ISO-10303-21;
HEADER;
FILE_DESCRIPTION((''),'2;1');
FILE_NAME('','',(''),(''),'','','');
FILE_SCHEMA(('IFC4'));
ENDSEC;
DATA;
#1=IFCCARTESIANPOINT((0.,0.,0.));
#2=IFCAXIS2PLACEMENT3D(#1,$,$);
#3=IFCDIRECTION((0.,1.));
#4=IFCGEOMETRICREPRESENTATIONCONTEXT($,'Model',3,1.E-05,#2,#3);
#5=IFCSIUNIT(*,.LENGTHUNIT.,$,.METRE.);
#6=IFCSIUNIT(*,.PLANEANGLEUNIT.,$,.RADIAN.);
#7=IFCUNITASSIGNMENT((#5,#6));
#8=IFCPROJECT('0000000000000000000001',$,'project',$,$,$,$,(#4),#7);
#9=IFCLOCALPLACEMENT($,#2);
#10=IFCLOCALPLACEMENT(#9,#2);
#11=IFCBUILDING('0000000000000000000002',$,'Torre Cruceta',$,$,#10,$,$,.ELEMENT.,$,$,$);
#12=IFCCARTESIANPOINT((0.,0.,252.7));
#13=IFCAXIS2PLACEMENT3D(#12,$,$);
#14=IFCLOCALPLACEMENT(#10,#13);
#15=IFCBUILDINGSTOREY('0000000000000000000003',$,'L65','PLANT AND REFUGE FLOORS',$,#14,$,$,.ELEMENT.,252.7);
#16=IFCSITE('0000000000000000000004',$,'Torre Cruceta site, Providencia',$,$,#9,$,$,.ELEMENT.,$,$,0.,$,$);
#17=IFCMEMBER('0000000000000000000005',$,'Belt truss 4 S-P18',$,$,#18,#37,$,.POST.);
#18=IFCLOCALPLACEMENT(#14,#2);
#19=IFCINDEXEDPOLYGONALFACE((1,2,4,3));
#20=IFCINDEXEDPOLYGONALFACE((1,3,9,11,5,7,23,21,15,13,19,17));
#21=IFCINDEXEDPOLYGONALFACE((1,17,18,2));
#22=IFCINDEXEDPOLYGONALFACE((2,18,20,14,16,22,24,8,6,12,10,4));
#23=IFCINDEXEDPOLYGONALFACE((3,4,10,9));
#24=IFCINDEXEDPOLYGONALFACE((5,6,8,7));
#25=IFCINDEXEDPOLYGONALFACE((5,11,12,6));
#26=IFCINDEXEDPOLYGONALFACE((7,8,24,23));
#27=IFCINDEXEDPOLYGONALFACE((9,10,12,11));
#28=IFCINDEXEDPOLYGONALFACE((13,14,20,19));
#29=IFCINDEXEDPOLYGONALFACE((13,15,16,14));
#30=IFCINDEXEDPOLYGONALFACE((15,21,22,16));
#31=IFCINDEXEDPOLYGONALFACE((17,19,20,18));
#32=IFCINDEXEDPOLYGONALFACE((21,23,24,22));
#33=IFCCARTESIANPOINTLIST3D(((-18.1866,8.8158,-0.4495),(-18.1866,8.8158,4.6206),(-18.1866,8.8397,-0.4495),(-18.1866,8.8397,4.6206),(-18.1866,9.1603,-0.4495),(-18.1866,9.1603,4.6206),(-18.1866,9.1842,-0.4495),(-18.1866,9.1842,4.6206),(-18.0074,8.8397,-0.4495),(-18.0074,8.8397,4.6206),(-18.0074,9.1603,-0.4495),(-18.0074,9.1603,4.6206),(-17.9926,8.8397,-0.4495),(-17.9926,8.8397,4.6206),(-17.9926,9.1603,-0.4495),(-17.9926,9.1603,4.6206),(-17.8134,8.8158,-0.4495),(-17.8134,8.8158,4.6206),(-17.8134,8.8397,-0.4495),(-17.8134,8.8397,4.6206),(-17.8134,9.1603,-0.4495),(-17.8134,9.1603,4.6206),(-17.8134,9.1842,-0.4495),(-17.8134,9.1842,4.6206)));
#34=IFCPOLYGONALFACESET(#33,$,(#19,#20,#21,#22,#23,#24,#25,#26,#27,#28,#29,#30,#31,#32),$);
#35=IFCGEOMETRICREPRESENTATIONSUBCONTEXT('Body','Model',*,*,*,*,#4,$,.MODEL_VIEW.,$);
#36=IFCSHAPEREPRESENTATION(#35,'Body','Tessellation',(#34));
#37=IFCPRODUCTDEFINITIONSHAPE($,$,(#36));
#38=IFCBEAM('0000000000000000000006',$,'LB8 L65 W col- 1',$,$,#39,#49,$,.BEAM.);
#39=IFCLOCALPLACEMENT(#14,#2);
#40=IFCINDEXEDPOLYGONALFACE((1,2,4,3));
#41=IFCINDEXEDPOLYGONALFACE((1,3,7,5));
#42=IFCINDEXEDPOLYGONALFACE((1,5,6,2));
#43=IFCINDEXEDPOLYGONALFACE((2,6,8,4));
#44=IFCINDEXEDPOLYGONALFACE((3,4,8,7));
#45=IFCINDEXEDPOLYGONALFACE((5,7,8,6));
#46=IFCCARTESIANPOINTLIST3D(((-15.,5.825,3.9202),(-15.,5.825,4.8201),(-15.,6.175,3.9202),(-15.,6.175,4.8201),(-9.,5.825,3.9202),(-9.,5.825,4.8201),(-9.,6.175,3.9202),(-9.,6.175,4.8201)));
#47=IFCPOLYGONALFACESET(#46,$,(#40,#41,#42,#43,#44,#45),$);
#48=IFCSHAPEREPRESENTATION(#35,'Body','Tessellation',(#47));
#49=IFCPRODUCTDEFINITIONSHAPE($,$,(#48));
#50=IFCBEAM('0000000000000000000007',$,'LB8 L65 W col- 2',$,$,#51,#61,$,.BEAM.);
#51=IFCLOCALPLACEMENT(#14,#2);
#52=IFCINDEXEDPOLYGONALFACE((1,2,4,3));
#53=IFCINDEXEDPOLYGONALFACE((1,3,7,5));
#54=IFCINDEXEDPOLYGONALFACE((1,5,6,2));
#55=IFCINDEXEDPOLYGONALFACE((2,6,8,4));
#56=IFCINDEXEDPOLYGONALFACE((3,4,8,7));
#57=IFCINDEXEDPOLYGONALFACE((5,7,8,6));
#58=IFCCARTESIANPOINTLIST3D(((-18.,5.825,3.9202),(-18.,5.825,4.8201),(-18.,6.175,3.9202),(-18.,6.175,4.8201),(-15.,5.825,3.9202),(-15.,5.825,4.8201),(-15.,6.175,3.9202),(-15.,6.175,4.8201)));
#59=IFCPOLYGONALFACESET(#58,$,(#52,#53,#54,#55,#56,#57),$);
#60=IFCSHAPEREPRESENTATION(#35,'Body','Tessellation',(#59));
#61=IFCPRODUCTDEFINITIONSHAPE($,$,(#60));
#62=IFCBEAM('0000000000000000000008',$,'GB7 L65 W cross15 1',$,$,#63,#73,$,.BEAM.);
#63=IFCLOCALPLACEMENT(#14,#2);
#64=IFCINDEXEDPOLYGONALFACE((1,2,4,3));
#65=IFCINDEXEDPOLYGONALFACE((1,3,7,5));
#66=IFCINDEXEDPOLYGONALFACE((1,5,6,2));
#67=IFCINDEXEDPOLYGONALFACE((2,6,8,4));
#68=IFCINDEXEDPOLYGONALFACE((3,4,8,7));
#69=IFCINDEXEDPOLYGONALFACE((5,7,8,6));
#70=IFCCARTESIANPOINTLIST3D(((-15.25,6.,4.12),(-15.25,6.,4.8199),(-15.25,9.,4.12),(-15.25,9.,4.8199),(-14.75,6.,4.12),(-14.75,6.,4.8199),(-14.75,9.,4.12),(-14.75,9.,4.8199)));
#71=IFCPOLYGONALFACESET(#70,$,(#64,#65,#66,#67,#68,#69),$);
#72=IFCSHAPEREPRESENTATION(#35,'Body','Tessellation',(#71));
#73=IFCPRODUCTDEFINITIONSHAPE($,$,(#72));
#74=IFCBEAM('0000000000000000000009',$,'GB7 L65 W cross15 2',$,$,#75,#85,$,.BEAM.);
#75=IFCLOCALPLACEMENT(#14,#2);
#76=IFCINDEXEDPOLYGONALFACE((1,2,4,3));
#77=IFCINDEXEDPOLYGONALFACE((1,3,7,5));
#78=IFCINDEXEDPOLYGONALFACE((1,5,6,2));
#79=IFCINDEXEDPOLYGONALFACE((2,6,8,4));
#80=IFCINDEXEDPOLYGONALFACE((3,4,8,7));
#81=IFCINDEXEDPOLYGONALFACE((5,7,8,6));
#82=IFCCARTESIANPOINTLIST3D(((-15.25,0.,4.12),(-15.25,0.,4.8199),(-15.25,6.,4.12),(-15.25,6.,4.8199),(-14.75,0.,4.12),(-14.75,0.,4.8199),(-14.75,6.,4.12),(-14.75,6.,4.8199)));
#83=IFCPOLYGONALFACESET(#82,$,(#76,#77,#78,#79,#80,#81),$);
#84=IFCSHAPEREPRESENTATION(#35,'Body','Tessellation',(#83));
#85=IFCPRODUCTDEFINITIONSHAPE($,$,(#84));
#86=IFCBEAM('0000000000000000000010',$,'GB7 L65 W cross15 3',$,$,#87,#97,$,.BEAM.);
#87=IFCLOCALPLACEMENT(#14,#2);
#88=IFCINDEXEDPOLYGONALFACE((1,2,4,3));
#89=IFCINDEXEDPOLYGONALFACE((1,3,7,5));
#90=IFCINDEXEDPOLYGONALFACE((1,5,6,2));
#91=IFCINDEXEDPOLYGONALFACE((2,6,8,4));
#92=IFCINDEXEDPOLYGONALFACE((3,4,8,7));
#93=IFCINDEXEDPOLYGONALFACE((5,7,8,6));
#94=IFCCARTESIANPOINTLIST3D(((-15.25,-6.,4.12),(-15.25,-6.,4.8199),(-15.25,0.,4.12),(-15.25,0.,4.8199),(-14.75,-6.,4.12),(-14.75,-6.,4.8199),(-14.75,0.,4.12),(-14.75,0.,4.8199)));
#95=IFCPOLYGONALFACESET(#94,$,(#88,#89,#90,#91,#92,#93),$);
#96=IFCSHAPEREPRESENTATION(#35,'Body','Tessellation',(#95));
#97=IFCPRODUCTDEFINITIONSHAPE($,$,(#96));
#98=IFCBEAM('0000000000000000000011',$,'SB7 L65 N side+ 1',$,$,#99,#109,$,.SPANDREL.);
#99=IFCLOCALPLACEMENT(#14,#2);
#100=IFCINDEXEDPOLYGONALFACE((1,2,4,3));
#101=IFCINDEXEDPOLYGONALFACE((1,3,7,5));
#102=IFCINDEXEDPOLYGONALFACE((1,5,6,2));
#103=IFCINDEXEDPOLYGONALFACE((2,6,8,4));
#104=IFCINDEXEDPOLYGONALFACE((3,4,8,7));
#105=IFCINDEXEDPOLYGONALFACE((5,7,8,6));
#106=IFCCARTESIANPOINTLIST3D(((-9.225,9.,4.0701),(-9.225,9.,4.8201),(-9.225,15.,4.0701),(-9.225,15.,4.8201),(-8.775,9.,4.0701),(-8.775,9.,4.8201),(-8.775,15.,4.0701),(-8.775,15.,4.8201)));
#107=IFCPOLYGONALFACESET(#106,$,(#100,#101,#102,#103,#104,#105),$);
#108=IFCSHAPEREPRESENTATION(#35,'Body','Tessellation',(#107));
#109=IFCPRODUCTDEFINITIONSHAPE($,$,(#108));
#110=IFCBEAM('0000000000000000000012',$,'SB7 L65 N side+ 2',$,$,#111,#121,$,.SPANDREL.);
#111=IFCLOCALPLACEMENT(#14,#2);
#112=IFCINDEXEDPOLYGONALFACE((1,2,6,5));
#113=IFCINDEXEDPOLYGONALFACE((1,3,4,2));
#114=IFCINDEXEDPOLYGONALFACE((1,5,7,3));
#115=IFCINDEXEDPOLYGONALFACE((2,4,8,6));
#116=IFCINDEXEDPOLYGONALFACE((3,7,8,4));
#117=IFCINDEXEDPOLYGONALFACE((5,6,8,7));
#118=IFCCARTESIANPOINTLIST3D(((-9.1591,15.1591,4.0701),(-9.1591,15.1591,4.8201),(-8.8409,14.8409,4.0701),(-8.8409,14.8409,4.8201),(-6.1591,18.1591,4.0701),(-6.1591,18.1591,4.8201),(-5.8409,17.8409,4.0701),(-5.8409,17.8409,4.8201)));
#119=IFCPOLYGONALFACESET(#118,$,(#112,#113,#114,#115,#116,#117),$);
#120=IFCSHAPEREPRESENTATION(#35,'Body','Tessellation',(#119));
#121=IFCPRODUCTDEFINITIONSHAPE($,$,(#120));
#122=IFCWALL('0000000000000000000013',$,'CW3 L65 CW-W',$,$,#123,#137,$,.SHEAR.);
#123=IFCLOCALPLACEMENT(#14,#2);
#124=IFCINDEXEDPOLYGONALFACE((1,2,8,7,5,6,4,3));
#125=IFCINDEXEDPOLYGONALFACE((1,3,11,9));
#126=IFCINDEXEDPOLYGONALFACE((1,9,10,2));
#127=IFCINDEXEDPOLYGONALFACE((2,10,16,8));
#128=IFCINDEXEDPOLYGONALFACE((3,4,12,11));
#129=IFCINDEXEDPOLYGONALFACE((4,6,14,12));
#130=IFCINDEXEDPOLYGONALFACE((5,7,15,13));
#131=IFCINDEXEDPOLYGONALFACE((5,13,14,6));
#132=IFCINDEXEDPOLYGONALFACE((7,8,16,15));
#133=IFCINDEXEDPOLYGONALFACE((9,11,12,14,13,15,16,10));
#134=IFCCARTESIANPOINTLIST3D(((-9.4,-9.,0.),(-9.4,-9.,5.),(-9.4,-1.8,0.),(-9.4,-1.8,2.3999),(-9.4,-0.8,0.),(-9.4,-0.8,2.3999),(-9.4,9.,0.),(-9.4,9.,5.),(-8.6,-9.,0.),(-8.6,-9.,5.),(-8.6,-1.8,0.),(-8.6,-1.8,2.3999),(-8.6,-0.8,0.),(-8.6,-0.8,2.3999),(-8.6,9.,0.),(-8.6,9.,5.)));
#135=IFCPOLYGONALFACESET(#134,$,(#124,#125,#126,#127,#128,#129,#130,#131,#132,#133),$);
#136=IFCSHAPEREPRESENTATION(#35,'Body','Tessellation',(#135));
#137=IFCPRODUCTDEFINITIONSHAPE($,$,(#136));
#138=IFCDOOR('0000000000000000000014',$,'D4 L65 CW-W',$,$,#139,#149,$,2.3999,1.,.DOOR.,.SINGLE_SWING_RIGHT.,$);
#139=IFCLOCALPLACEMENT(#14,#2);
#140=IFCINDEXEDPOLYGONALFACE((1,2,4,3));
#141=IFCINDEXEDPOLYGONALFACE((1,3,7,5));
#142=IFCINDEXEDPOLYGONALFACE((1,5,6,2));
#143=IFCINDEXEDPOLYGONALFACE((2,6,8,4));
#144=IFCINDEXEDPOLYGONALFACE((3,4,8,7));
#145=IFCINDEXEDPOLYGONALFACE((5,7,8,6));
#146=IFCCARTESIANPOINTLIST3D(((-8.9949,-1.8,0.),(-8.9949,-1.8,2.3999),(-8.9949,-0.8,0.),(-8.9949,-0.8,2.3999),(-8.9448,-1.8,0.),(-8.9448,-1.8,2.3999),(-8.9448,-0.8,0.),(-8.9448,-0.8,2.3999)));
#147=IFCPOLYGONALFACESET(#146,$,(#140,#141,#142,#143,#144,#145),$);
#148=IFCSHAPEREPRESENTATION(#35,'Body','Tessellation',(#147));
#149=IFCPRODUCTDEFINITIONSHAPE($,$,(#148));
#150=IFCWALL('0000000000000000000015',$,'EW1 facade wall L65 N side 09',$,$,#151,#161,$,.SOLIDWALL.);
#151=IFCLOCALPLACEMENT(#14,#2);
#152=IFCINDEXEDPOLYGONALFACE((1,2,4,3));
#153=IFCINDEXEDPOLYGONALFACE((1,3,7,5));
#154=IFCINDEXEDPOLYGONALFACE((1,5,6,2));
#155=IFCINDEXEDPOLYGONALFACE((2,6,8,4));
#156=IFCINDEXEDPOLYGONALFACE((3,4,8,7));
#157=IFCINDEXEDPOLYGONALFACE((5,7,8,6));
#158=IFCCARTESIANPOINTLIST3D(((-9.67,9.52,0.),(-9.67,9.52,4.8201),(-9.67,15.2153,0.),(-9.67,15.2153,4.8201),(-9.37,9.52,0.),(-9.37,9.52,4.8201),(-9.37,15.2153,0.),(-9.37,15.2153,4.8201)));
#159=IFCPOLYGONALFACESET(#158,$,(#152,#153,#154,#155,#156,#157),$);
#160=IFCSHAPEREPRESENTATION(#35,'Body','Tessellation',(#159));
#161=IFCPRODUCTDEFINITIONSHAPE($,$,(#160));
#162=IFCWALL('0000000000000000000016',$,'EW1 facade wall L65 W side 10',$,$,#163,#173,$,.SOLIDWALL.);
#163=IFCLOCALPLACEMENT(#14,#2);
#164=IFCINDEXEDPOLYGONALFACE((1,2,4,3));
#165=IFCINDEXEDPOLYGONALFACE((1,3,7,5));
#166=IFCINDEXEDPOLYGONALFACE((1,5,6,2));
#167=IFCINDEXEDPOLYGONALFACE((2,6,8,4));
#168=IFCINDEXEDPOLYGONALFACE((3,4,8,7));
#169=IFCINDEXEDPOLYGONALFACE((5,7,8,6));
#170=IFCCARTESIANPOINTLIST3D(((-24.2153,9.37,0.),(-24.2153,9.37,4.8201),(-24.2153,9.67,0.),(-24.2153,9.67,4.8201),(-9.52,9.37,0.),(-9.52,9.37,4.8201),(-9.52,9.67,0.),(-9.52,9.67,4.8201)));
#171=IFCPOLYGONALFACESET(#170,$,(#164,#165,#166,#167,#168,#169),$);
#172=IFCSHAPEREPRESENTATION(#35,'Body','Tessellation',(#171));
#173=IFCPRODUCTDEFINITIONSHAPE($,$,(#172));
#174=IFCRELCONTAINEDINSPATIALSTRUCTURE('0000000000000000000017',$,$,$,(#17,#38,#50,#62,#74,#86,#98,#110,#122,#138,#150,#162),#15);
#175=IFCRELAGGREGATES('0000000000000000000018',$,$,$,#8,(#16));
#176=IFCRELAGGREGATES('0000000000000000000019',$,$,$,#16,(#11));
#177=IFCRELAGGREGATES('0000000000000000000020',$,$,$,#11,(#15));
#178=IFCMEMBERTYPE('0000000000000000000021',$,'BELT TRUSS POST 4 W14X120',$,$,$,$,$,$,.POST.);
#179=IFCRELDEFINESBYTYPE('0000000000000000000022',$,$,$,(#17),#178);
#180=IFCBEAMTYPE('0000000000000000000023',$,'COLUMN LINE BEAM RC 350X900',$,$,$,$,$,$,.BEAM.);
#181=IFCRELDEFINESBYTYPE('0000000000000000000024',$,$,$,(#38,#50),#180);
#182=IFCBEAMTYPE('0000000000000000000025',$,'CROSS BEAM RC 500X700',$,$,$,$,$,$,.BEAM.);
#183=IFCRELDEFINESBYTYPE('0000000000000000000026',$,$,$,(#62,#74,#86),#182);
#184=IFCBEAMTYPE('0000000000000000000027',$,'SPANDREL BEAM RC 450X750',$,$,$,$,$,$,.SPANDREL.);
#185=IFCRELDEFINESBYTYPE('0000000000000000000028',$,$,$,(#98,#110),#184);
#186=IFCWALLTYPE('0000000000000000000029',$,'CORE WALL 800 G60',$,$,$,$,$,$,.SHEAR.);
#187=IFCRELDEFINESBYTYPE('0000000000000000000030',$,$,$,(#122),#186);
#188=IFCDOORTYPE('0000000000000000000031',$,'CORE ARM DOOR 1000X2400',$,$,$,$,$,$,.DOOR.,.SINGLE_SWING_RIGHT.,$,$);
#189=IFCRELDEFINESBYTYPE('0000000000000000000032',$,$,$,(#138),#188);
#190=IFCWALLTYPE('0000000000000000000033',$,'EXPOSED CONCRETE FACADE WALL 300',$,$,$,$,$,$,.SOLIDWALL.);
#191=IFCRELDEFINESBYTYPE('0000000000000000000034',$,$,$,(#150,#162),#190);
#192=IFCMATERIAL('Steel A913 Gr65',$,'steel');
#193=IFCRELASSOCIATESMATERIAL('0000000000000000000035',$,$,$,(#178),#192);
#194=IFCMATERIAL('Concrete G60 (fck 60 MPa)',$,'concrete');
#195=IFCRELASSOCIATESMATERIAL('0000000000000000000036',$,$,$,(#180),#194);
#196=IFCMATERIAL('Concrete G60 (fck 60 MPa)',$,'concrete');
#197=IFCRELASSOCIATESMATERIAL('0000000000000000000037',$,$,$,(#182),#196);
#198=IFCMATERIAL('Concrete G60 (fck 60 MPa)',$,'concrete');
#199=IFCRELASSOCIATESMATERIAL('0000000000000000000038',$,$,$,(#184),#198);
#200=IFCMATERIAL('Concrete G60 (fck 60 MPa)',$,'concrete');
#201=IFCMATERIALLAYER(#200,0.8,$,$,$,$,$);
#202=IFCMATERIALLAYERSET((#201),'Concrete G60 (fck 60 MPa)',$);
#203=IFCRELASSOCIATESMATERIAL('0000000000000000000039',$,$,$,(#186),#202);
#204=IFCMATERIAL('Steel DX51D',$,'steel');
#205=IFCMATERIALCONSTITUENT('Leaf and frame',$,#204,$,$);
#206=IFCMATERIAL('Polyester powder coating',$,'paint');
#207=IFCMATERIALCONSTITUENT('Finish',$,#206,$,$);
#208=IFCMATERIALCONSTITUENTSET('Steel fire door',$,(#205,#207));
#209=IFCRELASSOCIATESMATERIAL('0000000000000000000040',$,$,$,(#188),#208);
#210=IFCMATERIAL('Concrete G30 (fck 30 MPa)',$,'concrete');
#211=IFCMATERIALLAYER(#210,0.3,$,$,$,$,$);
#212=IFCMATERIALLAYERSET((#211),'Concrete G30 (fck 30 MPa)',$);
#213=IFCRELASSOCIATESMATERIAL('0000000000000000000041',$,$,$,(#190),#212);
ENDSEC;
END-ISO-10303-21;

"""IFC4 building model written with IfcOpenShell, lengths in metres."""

from ifc_helpers import new_model, si_unit, direction, frame, frame_2d, origin, origin_2d, place, context, subcontext, project, spatial, rectangle, i_section, extrude, material, layer, layer_set, constituent, constituent_set, material_profile, profile_set, type_object, element, fill, save


model = new_model("IFC4")

# Units and contexts
model_context = context("Model", 3, precision=1e-05, world=origin(), true_north=direction((0.0, 1.0)))
body_context = subcontext(model_context, "Body", "Model", "MODEL_VIEW")
ifc_project = project(units=[si_unit("LENGTHUNIT", "METRE"), si_unit("PLANEANGLEUNIT", "RADIAN")], contexts=[model_context])

# Site, building, storey
site_placement = place(None, origin())
site = spatial("IfcSite", under=ifc_project, at=site_placement, Name="Torre Cruceta site, Providencia", CompositionType="ELEMENT", RefElevation=0.0)
building_placement = place(site_placement, origin())
building = spatial("IfcBuilding", under=site, at=building_placement, Name="Torre Cruceta", CompositionType="ELEMENT")
storey_placement = place(building_placement, frame((0.0, 0.0, 252.7)))
storey = spatial("IfcBuildingStorey", under=building, at=storey_placement, Name="L65", Description="PLANT AND REFUGE FLOORS", CompositionType="ELEMENT", Elevation=252.7)

# Member
ifc_material_1 = material(Name="Steel A913 Gr65", Category="steel")
ifc_material_profile_1 = material_profile(ifc_material_1, i_section(OverallWidth=0.3733, OverallDepth=0.3684, WebThickness=0.0149, FlangeThickness=0.0239, at=origin_2d()), Name="W14X120")
ifc_profile_set_1 = profile_set([ifc_material_profile_1], Name="Steel A913 Gr65")
member_type_1 = type_object("IfcMemberType", Name="BELT TRUSS POST 4 W14X120", PredefinedType="POST", material=ifc_profile_set_1)
member_1_placement = place(storey_placement, frame((-18.0, 9.0, -0.4495), z_axis=(0.0, 0.0, 1.0), x_axis=(1.0, 0.0, 0.0)))
element("IfcMember", 1, at=member_1_placement, inside=storey, type_object=member_type_1, Name="Belt truss 4 S-P18", PredefinedType="POST", context=body_context, shape_type="SweptSolid", body=[
    extrude(i_section(OverallWidth=0.3733, OverallDepth=0.3684, WebThickness=0.0149, FlangeThickness=0.0239, at=origin_2d()), origin(), (0.0, 0.0, 1.0), 5.0701),
])

# Beams
ifc_material_2 = material(Name="Concrete G60 (fck 60 MPa)", Category="concrete")
ifc_material_profile_2 = material_profile(ifc_material_2, rectangle(XDim=0.3501, YDim=0.8999, at=origin_2d()), Name="RC 350X900")
ifc_profile_set_2 = profile_set([ifc_material_profile_2], Name="Concrete G60 (fck 60 MPa)")
beam_type_1 = type_object("IfcBeamType", Name="COLUMN LINE BEAM RC 350X900", PredefinedType="BEAM", material=ifc_profile_set_2)
beam_1_placement = place(storey_placement, frame((-9.0, 6.0, 4.3701), z_axis=(-1.0, 0.0, 0.0), x_axis=(0.0, -1.0, 0.0)))
element("IfcBeam", 2, at=beam_1_placement, inside=storey, type_object=beam_type_1, Name="LB8 L65 W col- 1", PredefinedType="BEAM", context=body_context, shape_type="SweptSolid", body=[
    extrude(rectangle(XDim=0.3501, YDim=0.8999, at=origin_2d()), origin(), (0.0, 0.0, 1.0), 6.0),
])
beam_2_placement = place(storey_placement, frame((-15.0, 6.0, 4.3701), z_axis=(-1.0, 0.0, 0.0), x_axis=(0.0, -1.0, 0.0)))
element("IfcBeam", 3, at=beam_2_placement, inside=storey, type_object=beam_type_1, Name="LB8 L65 W col- 2", PredefinedType="BEAM", context=body_context, shape_type="SweptSolid", body=[
    extrude(rectangle(XDim=0.3501, YDim=0.8999, at=origin_2d()), origin(), (0.0, 0.0, 1.0), 3.0),
])
ifc_material_3 = material(Name="Concrete G60 (fck 60 MPa)", Category="concrete")
ifc_material_profile_3 = material_profile(ifc_material_3, rectangle(XDim=0.5, YDim=0.7, at=origin_2d()), Name="RC 500X700")
ifc_profile_set_3 = profile_set([ifc_material_profile_3], Name="Concrete G60 (fck 60 MPa)")
beam_type_2 = type_object("IfcBeamType", Name="CROSS BEAM RC 500X700", PredefinedType="BEAM", material=ifc_profile_set_3)
beam_3_placement = place(storey_placement, frame((-15.0, 9.0, 4.47), z_axis=(0.0, -1.0, 0.0), x_axis=(1.0, 0.0, 0.0)))
element("IfcBeam", 4, at=beam_3_placement, inside=storey, type_object=beam_type_2, Name="GB7 L65 W cross15 1", PredefinedType="BEAM", context=body_context, shape_type="SweptSolid", body=[
    extrude(rectangle(XDim=0.5, YDim=0.7, at=origin_2d()), origin(), (0.0, 0.0, 1.0), 3.0),
])
for number, where, z_axis, x_axis, name in (
    (5, (-15.0, 6.0, 4.47), (0.0, -1.0, 0.0), (1.0, 0.0, 0.0), "GB7 L65 W cross15 2"),
    (6, (-15.0, 0.0, 4.47), (0.0, -1.0, 0.0), (1.0, 0.0, 0.0), "GB7 L65 W cross15 3"),
):
    element("IfcBeam", number, at=place(storey_placement, frame(where, z_axis=z_axis, x_axis=x_axis)), inside=storey, type_object=beam_type_2, Name=name, PredefinedType="BEAM", context=body_context, shape_type="SweptSolid", body=[
        extrude(rectangle(XDim=0.5, YDim=0.7, at=origin_2d()), origin(), (0.0, 0.0, 1.0), 6.0),
    ])
ifc_material_4 = material(Name="Concrete G60 (fck 60 MPa)", Category="concrete")
ifc_material_profile_4 = material_profile(ifc_material_4, rectangle(XDim=0.45, YDim=0.75, at=origin_2d()), Name="RC 450X750")
ifc_profile_set_4 = profile_set([ifc_material_profile_4], Name="Concrete G60 (fck 60 MPa)")
beam_type_3 = type_object("IfcBeamType", Name="SPANDREL BEAM RC 450X750", PredefinedType="SPANDREL", material=ifc_profile_set_4)
beam_4_placement = place(storey_placement, frame((-9.0, 9.0, 4.4451), z_axis=(0.0, 1.0, 0.0), x_axis=(-1.0, 0.0, 0.0)))
element("IfcBeam", 7, at=beam_4_placement, inside=storey, type_object=beam_type_3, Name="SB7 L65 N side+ 1", PredefinedType="SPANDREL", context=body_context, shape_type="SweptSolid", body=[
    extrude(rectangle(XDim=0.45, YDim=0.75, at=origin_2d()), origin(), (0.0, 0.0, 1.0), 6.0),
])
beam_5_placement = place(storey_placement, frame((-9.0, 15.0, 4.4451), z_axis=(0.707107, 0.707107, 0.0), x_axis=(-0.707107, 0.707107, 0.0)))
element("IfcBeam", 8, at=beam_5_placement, inside=storey, type_object=beam_type_3, Name="SB7 L65 N side+ 2", PredefinedType="SPANDREL", context=body_context, shape_type="SweptSolid", body=[
    extrude(rectangle(XDim=0.45, YDim=0.75, at=origin_2d()), origin(), (0.0, 0.0, 1.0), 4.2427),
])

# Wall, opening, door
ifc_material_5 = material(Name="Concrete G60 (fck 60 MPa)", Category="concrete")
ifc_layer_1 = layer(ifc_material_5, 0.8)
ifc_layer_set_1 = layer_set([ifc_layer_1], Name="Concrete G60 (fck 60 MPa)")
wall_type_1 = type_object("IfcWallType", Name="CORE WALL 800 G60", PredefinedType="SHEAR", material=ifc_layer_set_1)
wall_1_placement = place(storey_placement, frame((-9.0, 9.0, 0.0), z_axis=(0.0, 0.0, 1.0), x_axis=(0.0, -1.0, 0.0)))
wall_1 = element("IfcWall", 9, at=wall_1_placement, inside=storey, type_object=wall_type_1, Name="CW3 L65 CW-W", PredefinedType="SHEAR", context=body_context, shape_type="SweptSolid", body=[
    extrude(rectangle(XDim=18.0, YDim=0.8, at=frame_2d((9.0, 0.0))), origin(), (0.0, 0.0, 1.0), 5.0),
])
opening_1_placement = place(wall_1_placement, frame((9.8, 0.0, 0.0)))
opening_1 = element("IfcOpeningElement", 10, at=opening_1_placement, cuts=wall_1, PredefinedType="OPENING", context=body_context, shape_type="SweptSolid", body=[
    extrude(rectangle(XDim=1.0, YDim=2.3999, at=frame_2d((0.5, 1.2))), frame((0.0, 0.4099, 0.0), z_axis=(0.0, -1.0, 0.0), x_axis=(1.0, 0.0, 0.0)), (0.0, 0.0, 1.0), 0.8201),
])
ifc_material_6 = material(Name="Steel DX51D", Category="steel")
ifc_constituent_1 = constituent(ifc_material_6, Name="Leaf and frame")
ifc_material_7 = material(Name="Polyester powder coating", Category="paint")
ifc_constituent_2 = constituent(ifc_material_7, Name="Finish")
ifc_constituent_set_1 = constituent_set(constituents=[ifc_constituent_1, ifc_constituent_2], Name="Steel fire door")
door_type_1 = type_object("IfcDoorType", Name="CORE ARM DOOR 1000X2400", OperationType="SINGLE_SWING_RIGHT", PredefinedType="DOOR", material=ifc_constituent_set_1)
door_1_placement = place(opening_1_placement, frame((1.0, 0.0, 0.0), z_axis=(0.0, 0.0, 1.0), x_axis=(-1.0, 0.0, 0.0)))
door_1 = element("IfcDoor", 11, at=door_1_placement, inside=storey, type_object=door_type_1, Name="D4 L65 CW-W", OperationType="SINGLE_SWING_RIGHT", OverallHeight=2.3999, OverallWidth=1.0, PredefinedType="DOOR", context=body_context, shape_type="SweptSolid", body=[
    extrude(rectangle(XDim=1.0, YDim=2.3999, at=frame_2d((0.5, 1.2))), frame((0.0, -0.0051, 0.0), z_axis=(0.0, -1.0, 0.0), x_axis=(1.0, 0.0, 0.0)), (0.0, 0.0, 1.0), 0.05),
])
fill(opening_1, door_1)

# Walls
ifc_material_8 = material(Name="Concrete G30 (fck 30 MPa)", Category="concrete")
ifc_layer_2 = layer(ifc_material_8, 0.3)
ifc_layer_set_2 = layer_set([ifc_layer_2], Name="Concrete G30 (fck 30 MPa)")
wall_type_2 = type_object("IfcWallType", Name="EXPOSED CONCRETE FACADE WALL 300", PredefinedType="SOLIDWALL", material=ifc_layer_set_2)
wall_2_placement = place(storey_placement, frame((-9.52, 15.2153, 0.0), z_axis=(0.0, 0.0, 1.0), x_axis=(0.0, -1.0, 0.0)))
element("IfcWall", 12, at=wall_2_placement, inside=storey, type_object=wall_type_2, Name="EW1 facade wall L65 N side 09", PredefinedType="SOLIDWALL", context=body_context, shape_type="SweptSolid", body=[
    extrude(rectangle(XDim=5.6953, YDim=0.3, at=frame_2d((2.8477, 0.0))), origin(), (0.0, 0.0, 1.0), 4.8201),
])
wall_3_placement = place(storey_placement, frame((-9.52, 9.52, 0.0), z_axis=(0.0, 0.0, 1.0), x_axis=(-1.0, 0.0, 0.0)))
element("IfcWall", 13, at=wall_3_placement, inside=storey, type_object=wall_type_2, Name="EW1 facade wall L65 W side 10", PredefinedType="SOLIDWALL", context=body_context, shape_type="SweptSolid", body=[
    extrude(rectangle(XDim=14.6953, YDim=0.3, at=frame_2d((7.3477, 0.0))), origin(), (0.0, 0.0, 1.0), 4.8201),
])

save(model, "model.ifc")
